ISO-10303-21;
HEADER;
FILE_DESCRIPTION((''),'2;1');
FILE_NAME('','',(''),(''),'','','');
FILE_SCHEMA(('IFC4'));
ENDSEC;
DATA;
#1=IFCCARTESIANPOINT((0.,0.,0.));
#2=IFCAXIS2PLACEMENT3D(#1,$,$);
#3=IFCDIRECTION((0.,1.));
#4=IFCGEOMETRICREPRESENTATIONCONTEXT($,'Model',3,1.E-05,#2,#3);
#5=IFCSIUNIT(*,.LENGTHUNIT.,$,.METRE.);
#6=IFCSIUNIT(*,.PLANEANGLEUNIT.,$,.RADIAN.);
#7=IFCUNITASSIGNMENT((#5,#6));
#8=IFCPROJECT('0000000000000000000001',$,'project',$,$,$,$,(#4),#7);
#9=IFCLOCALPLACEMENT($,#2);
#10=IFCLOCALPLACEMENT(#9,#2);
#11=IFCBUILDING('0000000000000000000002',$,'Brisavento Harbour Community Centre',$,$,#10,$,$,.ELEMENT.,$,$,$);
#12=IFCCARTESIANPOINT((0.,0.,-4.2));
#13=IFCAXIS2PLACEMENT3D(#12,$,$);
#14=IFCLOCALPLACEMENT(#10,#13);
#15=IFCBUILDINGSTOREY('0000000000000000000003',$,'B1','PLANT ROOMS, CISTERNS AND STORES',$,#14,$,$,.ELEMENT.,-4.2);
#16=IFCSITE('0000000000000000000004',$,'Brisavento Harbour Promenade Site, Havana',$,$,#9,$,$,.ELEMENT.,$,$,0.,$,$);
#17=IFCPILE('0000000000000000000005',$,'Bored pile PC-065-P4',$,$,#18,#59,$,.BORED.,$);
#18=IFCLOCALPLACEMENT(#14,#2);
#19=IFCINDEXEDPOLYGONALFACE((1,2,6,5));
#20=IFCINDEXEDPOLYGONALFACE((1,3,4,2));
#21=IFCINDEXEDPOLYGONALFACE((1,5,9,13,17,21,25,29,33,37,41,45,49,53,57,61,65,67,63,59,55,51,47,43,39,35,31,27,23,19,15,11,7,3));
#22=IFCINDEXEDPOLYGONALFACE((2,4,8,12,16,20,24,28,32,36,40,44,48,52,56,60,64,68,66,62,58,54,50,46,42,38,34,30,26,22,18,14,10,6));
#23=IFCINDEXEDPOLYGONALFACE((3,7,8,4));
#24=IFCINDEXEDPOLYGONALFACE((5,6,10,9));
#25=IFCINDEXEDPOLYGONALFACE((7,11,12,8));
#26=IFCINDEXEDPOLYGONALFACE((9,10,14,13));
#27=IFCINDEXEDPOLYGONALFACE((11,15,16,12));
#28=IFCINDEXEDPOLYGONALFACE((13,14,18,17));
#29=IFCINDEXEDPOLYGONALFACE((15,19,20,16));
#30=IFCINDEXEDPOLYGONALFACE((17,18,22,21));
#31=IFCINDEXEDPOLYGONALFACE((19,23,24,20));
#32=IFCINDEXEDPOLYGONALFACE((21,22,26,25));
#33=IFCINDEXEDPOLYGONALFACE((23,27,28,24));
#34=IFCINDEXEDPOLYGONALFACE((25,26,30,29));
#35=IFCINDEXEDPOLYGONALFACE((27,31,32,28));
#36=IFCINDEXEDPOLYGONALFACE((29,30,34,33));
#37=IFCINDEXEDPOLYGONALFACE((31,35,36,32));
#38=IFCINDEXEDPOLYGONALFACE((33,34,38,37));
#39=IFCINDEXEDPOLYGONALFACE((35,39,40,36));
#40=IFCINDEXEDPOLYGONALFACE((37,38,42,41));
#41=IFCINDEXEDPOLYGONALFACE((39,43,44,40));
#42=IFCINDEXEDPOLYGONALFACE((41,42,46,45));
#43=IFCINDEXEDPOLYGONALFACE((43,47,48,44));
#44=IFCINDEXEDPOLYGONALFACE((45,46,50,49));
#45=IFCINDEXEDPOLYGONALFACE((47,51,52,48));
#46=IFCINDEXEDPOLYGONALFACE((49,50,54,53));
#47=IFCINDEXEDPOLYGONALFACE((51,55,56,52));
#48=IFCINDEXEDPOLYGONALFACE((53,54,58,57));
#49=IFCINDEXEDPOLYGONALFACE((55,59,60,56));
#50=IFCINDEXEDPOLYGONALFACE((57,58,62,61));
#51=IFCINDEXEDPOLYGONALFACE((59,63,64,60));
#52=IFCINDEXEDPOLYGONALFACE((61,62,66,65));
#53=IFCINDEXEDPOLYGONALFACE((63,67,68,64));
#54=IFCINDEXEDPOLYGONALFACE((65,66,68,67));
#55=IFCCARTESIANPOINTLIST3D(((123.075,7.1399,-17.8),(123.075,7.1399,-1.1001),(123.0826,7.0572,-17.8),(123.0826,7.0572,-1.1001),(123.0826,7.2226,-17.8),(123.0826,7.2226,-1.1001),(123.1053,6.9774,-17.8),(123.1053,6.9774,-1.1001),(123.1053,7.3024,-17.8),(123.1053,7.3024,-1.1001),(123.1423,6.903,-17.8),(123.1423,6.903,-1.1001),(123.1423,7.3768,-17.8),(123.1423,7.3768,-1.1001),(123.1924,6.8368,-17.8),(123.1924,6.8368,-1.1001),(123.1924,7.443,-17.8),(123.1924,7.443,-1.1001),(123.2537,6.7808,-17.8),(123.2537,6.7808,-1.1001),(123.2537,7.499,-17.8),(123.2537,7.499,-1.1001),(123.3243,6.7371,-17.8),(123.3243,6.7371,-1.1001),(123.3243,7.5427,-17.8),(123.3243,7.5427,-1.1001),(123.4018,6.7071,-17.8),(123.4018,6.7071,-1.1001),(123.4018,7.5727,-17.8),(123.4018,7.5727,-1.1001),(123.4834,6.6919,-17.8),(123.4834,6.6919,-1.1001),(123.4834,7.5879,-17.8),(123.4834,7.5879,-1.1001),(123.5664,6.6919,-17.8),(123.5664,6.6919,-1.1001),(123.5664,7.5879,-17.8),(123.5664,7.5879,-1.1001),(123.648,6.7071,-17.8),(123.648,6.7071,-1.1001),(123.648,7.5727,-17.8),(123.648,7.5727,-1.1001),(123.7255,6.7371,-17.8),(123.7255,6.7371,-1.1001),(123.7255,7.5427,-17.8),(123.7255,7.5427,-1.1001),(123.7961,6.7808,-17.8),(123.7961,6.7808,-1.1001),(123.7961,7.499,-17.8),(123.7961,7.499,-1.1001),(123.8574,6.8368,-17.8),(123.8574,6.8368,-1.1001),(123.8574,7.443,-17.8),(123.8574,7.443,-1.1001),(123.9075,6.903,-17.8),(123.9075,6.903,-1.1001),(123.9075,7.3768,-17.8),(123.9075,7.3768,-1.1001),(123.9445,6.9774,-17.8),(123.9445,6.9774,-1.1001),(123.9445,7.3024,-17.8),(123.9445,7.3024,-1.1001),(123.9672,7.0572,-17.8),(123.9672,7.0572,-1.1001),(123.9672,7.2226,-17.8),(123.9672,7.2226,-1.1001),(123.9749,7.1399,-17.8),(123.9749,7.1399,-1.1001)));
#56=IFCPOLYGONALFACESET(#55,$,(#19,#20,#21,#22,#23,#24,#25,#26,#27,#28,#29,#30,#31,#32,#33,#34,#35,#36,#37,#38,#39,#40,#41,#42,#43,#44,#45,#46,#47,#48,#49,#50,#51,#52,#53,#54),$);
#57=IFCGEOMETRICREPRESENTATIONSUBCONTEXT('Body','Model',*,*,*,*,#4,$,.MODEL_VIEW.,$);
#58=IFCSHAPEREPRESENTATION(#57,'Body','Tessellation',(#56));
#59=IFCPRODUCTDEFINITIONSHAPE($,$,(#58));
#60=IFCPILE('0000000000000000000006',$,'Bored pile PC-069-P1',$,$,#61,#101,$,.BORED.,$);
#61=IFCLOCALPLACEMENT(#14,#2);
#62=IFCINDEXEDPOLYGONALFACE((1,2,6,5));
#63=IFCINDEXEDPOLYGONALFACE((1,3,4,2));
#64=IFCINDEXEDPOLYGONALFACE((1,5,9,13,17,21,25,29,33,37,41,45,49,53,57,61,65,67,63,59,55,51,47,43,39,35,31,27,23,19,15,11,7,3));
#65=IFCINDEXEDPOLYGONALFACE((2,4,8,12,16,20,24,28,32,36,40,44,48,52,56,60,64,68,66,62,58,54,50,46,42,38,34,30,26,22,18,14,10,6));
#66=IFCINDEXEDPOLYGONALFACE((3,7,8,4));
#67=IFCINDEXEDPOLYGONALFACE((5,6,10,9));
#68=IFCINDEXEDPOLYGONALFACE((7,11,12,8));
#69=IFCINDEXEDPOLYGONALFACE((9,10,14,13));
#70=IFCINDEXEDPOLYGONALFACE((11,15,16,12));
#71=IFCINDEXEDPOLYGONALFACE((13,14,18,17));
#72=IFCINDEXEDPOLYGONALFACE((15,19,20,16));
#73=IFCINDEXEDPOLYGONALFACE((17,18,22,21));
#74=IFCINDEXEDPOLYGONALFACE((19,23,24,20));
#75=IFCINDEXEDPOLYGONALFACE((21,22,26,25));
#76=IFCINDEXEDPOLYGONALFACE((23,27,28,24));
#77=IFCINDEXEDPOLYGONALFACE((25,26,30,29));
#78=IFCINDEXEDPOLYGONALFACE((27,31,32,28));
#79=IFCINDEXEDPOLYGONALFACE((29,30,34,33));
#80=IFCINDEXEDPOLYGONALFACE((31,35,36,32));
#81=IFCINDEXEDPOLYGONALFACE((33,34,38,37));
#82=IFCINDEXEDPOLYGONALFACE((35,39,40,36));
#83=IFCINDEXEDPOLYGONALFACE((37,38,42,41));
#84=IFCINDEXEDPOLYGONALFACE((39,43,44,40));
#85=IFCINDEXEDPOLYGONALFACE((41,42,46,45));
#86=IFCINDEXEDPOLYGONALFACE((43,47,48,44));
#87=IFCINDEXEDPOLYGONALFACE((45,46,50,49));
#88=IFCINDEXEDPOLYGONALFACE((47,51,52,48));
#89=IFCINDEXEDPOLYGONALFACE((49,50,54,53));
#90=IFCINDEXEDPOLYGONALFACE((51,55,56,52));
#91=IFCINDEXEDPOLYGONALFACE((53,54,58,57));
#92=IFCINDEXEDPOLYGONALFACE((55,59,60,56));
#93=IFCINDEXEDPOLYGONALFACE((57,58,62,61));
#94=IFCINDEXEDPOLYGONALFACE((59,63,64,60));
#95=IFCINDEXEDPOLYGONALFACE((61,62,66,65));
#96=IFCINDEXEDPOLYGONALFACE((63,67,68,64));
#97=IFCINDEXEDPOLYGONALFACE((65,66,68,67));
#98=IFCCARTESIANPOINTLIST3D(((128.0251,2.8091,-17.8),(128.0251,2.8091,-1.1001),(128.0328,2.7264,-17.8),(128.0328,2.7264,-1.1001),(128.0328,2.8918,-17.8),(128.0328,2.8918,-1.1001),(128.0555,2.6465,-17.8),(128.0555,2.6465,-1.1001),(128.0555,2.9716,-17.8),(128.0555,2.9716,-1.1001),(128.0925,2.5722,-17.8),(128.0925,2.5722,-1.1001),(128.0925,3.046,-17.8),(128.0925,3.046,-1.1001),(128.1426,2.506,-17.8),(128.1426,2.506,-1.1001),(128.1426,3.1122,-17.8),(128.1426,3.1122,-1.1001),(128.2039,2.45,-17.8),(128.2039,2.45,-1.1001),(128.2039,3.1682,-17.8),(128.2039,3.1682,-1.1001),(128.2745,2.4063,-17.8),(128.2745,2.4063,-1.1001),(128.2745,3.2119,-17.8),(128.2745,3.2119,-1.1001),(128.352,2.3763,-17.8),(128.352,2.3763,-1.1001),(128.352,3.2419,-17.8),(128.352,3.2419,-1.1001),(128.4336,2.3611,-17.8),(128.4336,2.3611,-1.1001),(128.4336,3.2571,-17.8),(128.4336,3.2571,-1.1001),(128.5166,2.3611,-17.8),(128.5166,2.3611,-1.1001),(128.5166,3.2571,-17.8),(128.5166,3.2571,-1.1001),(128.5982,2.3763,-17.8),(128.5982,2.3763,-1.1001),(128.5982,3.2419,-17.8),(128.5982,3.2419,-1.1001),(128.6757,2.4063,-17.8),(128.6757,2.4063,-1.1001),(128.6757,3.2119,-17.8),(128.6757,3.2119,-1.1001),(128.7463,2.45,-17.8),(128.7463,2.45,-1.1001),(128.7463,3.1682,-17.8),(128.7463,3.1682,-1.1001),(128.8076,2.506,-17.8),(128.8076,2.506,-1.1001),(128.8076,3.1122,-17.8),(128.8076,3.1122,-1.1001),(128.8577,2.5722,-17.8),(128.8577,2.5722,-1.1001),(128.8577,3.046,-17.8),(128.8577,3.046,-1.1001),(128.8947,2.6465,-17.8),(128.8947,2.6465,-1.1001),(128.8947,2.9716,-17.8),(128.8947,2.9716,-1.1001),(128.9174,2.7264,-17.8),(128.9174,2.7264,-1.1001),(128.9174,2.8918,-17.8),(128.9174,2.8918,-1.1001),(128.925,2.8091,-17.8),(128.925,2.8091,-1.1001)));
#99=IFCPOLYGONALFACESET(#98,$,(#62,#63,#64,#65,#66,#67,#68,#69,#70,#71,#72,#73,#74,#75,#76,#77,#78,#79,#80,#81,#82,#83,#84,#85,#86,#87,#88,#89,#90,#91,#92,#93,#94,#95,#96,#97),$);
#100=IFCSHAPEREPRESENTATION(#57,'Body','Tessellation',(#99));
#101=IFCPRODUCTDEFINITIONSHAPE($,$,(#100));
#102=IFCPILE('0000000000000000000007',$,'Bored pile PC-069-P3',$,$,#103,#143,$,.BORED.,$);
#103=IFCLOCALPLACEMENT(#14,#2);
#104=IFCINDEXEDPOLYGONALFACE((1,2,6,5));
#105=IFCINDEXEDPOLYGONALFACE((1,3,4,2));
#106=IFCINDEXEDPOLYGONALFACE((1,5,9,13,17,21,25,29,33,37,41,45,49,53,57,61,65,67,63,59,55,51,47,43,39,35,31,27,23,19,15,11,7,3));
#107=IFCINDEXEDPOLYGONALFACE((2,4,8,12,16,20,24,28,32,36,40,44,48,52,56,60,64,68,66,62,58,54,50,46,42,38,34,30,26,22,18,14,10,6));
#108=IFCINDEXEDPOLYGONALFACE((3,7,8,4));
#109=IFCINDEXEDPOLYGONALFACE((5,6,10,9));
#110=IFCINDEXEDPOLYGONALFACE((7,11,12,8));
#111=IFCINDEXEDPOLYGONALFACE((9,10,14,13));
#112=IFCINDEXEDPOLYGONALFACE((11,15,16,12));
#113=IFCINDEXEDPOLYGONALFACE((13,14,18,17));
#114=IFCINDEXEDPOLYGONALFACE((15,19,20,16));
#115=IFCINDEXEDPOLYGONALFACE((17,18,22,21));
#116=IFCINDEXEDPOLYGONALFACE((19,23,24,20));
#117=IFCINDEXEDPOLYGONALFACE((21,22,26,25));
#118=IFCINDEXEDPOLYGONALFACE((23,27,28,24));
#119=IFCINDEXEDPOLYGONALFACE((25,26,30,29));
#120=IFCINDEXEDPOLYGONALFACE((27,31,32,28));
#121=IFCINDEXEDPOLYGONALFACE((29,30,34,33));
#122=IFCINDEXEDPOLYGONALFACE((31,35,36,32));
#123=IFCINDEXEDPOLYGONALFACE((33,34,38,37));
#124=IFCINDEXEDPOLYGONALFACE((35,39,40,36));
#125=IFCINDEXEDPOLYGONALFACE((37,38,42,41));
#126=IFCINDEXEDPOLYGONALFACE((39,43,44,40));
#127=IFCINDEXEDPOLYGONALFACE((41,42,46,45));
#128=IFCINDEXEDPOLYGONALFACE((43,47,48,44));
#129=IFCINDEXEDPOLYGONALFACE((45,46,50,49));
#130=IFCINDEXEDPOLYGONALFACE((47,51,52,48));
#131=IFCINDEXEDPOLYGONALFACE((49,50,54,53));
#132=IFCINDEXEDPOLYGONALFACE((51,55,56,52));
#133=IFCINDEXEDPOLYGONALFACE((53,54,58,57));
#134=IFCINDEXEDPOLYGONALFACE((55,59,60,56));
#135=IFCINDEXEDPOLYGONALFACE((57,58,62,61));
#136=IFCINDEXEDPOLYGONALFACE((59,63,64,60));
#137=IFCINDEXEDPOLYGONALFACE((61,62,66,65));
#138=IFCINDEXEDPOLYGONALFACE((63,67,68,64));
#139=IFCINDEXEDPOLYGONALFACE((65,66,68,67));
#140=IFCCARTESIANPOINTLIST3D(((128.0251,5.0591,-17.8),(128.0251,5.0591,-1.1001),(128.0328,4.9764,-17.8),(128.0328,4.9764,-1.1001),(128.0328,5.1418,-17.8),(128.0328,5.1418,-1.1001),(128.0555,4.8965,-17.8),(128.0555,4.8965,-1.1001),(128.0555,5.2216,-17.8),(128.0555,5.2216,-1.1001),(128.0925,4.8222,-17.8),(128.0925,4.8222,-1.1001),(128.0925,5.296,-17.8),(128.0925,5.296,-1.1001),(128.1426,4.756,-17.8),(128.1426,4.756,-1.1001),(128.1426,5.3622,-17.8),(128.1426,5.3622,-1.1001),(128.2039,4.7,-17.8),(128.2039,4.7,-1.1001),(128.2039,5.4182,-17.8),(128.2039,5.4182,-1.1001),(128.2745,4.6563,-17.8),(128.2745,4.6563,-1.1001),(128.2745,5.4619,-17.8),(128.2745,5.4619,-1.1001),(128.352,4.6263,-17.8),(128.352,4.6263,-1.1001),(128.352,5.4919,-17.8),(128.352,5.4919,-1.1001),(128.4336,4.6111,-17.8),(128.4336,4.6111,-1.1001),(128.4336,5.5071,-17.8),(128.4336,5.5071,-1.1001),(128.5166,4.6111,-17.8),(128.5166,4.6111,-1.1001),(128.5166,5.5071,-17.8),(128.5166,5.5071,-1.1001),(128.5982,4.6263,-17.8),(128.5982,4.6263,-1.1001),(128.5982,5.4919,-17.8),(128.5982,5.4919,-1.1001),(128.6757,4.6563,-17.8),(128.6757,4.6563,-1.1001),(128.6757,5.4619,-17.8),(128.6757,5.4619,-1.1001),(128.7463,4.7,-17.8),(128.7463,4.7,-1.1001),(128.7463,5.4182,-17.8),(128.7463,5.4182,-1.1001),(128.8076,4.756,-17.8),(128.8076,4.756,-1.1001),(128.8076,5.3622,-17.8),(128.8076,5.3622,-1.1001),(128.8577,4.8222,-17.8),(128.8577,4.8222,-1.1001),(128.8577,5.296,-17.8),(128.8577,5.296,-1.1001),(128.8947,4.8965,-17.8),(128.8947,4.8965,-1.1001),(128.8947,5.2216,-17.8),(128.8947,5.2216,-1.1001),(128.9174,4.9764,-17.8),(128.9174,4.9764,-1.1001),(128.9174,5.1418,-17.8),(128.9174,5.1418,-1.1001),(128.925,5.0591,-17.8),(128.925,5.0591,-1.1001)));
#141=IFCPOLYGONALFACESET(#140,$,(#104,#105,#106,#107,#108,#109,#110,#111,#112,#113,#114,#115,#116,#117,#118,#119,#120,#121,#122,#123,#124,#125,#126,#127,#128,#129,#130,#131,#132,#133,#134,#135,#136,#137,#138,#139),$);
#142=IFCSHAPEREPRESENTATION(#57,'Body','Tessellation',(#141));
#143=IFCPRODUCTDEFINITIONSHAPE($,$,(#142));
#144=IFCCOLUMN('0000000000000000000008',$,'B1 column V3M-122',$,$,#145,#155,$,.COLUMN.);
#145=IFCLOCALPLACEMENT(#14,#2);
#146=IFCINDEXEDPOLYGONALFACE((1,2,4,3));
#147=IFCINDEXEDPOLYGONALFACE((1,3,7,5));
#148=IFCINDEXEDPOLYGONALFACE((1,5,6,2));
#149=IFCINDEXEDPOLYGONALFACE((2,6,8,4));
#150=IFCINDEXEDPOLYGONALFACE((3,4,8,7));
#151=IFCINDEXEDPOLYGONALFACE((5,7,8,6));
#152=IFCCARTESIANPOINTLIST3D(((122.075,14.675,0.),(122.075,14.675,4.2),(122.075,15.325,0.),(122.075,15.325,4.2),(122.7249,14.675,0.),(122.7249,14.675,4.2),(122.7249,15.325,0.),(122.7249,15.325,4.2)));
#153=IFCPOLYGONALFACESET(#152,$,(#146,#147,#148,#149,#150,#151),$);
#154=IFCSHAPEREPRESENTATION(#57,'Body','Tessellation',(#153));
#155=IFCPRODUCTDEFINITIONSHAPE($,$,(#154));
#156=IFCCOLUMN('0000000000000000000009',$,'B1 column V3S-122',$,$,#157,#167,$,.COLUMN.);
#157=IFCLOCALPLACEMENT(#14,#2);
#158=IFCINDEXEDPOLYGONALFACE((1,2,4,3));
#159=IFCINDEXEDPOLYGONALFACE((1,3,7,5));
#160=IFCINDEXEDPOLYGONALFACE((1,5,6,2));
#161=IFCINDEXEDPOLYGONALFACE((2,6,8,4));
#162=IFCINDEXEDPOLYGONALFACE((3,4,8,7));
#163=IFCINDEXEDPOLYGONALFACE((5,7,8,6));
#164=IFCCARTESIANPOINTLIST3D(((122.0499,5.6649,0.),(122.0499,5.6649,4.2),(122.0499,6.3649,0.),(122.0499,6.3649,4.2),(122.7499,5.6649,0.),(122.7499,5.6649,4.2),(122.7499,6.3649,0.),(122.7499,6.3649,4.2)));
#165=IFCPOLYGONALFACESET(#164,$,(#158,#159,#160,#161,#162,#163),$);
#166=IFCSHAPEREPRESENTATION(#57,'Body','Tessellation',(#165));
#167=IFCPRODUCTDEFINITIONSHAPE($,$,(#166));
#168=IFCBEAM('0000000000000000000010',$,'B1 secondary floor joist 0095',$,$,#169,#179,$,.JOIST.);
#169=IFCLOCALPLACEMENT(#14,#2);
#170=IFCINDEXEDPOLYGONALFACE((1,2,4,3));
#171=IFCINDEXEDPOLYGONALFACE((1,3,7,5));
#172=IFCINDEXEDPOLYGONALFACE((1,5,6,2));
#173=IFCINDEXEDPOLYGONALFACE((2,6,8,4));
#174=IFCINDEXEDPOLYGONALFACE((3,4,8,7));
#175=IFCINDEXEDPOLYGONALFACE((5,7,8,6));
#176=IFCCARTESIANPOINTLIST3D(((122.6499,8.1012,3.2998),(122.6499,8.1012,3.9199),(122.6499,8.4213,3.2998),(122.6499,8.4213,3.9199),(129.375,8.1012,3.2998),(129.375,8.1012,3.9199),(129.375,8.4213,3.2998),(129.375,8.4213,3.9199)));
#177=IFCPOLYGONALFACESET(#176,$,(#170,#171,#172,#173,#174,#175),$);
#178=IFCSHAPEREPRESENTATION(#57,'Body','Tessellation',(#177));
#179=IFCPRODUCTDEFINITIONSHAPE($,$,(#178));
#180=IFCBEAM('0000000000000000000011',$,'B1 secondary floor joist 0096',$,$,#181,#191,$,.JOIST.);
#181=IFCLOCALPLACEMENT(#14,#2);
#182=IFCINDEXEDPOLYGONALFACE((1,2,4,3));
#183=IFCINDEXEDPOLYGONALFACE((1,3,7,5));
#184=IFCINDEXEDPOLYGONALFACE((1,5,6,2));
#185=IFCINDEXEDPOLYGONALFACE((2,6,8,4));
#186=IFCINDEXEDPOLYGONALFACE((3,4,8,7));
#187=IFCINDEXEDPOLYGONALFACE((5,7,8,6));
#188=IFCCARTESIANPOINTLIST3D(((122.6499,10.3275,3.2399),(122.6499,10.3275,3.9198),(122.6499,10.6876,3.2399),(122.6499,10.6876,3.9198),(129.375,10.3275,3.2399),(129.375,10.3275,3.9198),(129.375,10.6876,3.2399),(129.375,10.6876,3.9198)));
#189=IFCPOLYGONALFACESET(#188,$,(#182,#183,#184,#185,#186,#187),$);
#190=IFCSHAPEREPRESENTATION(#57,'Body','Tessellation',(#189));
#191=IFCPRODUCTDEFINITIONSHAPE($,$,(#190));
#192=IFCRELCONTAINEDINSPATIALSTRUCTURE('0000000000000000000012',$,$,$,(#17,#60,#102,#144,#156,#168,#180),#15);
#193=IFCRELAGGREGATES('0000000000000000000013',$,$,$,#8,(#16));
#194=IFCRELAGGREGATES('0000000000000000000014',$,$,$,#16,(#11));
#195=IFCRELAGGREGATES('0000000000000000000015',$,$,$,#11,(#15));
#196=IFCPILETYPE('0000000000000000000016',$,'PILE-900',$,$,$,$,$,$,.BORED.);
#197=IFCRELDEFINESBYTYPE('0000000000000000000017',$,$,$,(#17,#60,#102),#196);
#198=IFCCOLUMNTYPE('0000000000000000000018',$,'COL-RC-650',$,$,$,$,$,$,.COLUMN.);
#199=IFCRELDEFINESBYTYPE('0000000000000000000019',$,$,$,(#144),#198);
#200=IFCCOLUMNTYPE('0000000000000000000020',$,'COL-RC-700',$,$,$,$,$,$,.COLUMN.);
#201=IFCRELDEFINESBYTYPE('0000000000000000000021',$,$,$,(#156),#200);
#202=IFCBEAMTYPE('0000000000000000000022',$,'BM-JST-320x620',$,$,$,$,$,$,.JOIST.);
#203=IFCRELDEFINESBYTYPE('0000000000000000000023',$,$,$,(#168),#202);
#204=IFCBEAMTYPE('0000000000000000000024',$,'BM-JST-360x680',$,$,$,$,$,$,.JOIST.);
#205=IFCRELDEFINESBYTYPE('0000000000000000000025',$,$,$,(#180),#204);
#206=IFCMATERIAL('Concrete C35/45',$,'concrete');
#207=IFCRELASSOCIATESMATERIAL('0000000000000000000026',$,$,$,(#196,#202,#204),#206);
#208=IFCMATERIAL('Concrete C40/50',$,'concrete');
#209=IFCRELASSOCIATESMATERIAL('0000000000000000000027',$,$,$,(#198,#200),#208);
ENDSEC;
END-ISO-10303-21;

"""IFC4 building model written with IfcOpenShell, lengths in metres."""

from ifc_helpers import new_model, si_unit, direction, frame, origin, origin_2d, place, context, subcontext, project, spatial, rectangle, circle, extrude, material, material_profile, profile_set, type_object, element, save


model = new_model("IFC4")

# Units and contexts
model_context = context("Model", 3, precision=1e-05, world=origin(), true_north=direction((0.0, 1.0)))
body_context = subcontext(model_context, "Body", "Model", "MODEL_VIEW")
ifc_project = project(units=[si_unit("LENGTHUNIT", "METRE"), si_unit("PLANEANGLEUNIT", "RADIAN")], contexts=[model_context])

# Site, building, storey
site_placement = place(None, origin())
site = spatial("IfcSite", under=ifc_project, at=site_placement, Name="Brisavento Harbour Promenade Site, Havana", CompositionType="ELEMENT", RefElevation=0.0)
building_placement = place(site_placement, origin())
building = spatial("IfcBuilding", under=site, at=building_placement, Name="Brisavento Harbour Community Centre", CompositionType="ELEMENT")
storey_placement = place(building_placement, frame((0.0, 0.0, -4.2)))
storey = spatial("IfcBuildingStorey", under=building, at=storey_placement, Name="B1", Description="PLANT ROOMS, CISTERNS AND STORES", CompositionType="ELEMENT", Elevation=-4.2)

# Shared definitions
ifc_material_1 = material(Name="Concrete C35/45", Category="concrete")

# Piles
ifc_material_profile_1 = material_profile(ifc_material_1, circle(Radius=0.45, at=origin_2d()), Name="Concrete C35/45")
ifc_profile_set_1 = profile_set([ifc_material_profile_1], Name="Concrete C35/45")
pile_type = type_object("IfcPileType", Name="PILE-900", PredefinedType="BORED", material=ifc_profile_set_1)
for number, where, z_axis, x_axis, name in (
    (1, (123.5249, 7.1399, -1.1001), (0.0, 0.0, -1.0), (1.0, 0.0, 0.0), "Bored pile PC-065-P4"),
    (2, (128.4751, 2.8091, -1.1001), (0.0, 0.0, -1.0), (1.0, 0.0, 0.0), "Bored pile PC-069-P1"),
    (3, (128.4751, 5.0591, -1.1001), (0.0, 0.0, -1.0), (1.0, 0.0, 0.0), "Bored pile PC-069-P3"),
):
    element("IfcPile", number, at=place(storey_placement, frame(where, z_axis=z_axis, x_axis=x_axis)), inside=storey, type_object=pile_type, Name=name, PredefinedType="BORED", context=body_context, shape_type="SweptSolid", body=[
        extrude(circle(Radius=0.45, at=origin_2d()), origin(), (0.0, 0.0, 1.0), 16.7),
    ])

# Columns
ifc_material_2 = material(Name="Concrete C40/50", Category="concrete")
ifc_material_profile_2 = material_profile(ifc_material_2, rectangle(XDim=0.6499, YDim=0.6499, at=origin_2d()), Name="Concrete C40/50")
ifc_profile_set_2 = profile_set([ifc_material_profile_2], Name="Concrete C40/50")
column_type_1 = type_object("IfcColumnType", Name="COL-RC-650", PredefinedType="COLUMN", material=ifc_profile_set_2)
column_1_placement = place(storey_placement, frame((122.3999, 15.0, 0.0), z_axis=(0.0, 0.0, 1.0), x_axis=(1.0, 0.0, 0.0)))
element("IfcColumn", 4, at=column_1_placement, inside=storey, type_object=column_type_1, Name="B1 column V3M-122", PredefinedType="COLUMN", context=body_context, shape_type="SweptSolid", body=[
    extrude(rectangle(XDim=0.6499, YDim=0.6499, at=origin_2d()), origin(), (0.0, 0.0, 1.0), 4.2),
])
ifc_material_profile_3 = material_profile(ifc_material_2, rectangle(XDim=0.7, YDim=0.7, at=origin_2d()), Name="Concrete C40/50")
ifc_profile_set_3 = profile_set([ifc_material_profile_3], Name="Concrete C40/50")
column_type_2 = type_object("IfcColumnType", Name="COL-RC-700", PredefinedType="COLUMN", material=ifc_profile_set_3)
column_2_placement = place(storey_placement, frame((122.3999, 6.0149, 0.0), z_axis=(0.0, 0.0, 1.0), x_axis=(1.0, 0.0, 0.0)))
element("IfcColumn", 5, at=column_2_placement, inside=storey, type_object=column_type_2, Name="B1 column V3S-122", PredefinedType="COLUMN", context=body_context, shape_type="SweptSolid", body=[
    extrude(rectangle(XDim=0.7, YDim=0.7, at=origin_2d()), origin(), (0.0, 0.0, 1.0), 4.2),
])

# Beams
ifc_material_profile_4 = material_profile(ifc_material_1, rectangle(XDim=0.3201, YDim=0.6201, at=origin_2d()), Name="Concrete C35/45")
ifc_profile_set_4 = profile_set([ifc_material_profile_4], Name="Concrete C35/45")
beam_type_1 = type_object("IfcBeamType", Name="BM-JST-320x620", PredefinedType="JOIST", material=ifc_profile_set_4)
beam_1_placement = place(storey_placement, frame((122.6499, 8.2612, 3.6099), z_axis=(1.0, 0.0, 0.0), x_axis=(0.0, 1.0, 0.0)))
element("IfcBeam", 6, at=beam_1_placement, inside=storey, type_object=beam_type_1, Name="B1 secondary floor joist 0095", PredefinedType="JOIST", context=body_context, shape_type="SweptSolid", body=[
    extrude(rectangle(XDim=0.3201, YDim=0.6201, at=origin_2d()), origin(), (0.0, 0.0, 1.0), 6.7251),
])
ifc_material_profile_5 = material_profile(ifc_material_1, rectangle(XDim=0.3601, YDim=0.6799, at=origin_2d()), Name="Concrete C35/45")
ifc_profile_set_5 = profile_set([ifc_material_profile_5], Name="Concrete C35/45")
beam_type_2 = type_object("IfcBeamType", Name="BM-JST-360x680", PredefinedType="JOIST", material=ifc_profile_set_5)
beam_2_placement = place(storey_placement, frame((122.6499, 10.5076, 3.5798), z_axis=(1.0, 0.0, 0.0), x_axis=(0.0, 1.0, 0.0)))
element("IfcBeam", 7, at=beam_2_placement, inside=storey, type_object=beam_type_2, Name="B1 secondary floor joist 0096", PredefinedType="JOIST", context=body_context, shape_type="SweptSolid", body=[
    extrude(rectangle(XDim=0.3601, YDim=0.6799, at=origin_2d()), origin(), (0.0, 0.0, 1.0), 6.7251),
])

save(model, "model.ifc")
